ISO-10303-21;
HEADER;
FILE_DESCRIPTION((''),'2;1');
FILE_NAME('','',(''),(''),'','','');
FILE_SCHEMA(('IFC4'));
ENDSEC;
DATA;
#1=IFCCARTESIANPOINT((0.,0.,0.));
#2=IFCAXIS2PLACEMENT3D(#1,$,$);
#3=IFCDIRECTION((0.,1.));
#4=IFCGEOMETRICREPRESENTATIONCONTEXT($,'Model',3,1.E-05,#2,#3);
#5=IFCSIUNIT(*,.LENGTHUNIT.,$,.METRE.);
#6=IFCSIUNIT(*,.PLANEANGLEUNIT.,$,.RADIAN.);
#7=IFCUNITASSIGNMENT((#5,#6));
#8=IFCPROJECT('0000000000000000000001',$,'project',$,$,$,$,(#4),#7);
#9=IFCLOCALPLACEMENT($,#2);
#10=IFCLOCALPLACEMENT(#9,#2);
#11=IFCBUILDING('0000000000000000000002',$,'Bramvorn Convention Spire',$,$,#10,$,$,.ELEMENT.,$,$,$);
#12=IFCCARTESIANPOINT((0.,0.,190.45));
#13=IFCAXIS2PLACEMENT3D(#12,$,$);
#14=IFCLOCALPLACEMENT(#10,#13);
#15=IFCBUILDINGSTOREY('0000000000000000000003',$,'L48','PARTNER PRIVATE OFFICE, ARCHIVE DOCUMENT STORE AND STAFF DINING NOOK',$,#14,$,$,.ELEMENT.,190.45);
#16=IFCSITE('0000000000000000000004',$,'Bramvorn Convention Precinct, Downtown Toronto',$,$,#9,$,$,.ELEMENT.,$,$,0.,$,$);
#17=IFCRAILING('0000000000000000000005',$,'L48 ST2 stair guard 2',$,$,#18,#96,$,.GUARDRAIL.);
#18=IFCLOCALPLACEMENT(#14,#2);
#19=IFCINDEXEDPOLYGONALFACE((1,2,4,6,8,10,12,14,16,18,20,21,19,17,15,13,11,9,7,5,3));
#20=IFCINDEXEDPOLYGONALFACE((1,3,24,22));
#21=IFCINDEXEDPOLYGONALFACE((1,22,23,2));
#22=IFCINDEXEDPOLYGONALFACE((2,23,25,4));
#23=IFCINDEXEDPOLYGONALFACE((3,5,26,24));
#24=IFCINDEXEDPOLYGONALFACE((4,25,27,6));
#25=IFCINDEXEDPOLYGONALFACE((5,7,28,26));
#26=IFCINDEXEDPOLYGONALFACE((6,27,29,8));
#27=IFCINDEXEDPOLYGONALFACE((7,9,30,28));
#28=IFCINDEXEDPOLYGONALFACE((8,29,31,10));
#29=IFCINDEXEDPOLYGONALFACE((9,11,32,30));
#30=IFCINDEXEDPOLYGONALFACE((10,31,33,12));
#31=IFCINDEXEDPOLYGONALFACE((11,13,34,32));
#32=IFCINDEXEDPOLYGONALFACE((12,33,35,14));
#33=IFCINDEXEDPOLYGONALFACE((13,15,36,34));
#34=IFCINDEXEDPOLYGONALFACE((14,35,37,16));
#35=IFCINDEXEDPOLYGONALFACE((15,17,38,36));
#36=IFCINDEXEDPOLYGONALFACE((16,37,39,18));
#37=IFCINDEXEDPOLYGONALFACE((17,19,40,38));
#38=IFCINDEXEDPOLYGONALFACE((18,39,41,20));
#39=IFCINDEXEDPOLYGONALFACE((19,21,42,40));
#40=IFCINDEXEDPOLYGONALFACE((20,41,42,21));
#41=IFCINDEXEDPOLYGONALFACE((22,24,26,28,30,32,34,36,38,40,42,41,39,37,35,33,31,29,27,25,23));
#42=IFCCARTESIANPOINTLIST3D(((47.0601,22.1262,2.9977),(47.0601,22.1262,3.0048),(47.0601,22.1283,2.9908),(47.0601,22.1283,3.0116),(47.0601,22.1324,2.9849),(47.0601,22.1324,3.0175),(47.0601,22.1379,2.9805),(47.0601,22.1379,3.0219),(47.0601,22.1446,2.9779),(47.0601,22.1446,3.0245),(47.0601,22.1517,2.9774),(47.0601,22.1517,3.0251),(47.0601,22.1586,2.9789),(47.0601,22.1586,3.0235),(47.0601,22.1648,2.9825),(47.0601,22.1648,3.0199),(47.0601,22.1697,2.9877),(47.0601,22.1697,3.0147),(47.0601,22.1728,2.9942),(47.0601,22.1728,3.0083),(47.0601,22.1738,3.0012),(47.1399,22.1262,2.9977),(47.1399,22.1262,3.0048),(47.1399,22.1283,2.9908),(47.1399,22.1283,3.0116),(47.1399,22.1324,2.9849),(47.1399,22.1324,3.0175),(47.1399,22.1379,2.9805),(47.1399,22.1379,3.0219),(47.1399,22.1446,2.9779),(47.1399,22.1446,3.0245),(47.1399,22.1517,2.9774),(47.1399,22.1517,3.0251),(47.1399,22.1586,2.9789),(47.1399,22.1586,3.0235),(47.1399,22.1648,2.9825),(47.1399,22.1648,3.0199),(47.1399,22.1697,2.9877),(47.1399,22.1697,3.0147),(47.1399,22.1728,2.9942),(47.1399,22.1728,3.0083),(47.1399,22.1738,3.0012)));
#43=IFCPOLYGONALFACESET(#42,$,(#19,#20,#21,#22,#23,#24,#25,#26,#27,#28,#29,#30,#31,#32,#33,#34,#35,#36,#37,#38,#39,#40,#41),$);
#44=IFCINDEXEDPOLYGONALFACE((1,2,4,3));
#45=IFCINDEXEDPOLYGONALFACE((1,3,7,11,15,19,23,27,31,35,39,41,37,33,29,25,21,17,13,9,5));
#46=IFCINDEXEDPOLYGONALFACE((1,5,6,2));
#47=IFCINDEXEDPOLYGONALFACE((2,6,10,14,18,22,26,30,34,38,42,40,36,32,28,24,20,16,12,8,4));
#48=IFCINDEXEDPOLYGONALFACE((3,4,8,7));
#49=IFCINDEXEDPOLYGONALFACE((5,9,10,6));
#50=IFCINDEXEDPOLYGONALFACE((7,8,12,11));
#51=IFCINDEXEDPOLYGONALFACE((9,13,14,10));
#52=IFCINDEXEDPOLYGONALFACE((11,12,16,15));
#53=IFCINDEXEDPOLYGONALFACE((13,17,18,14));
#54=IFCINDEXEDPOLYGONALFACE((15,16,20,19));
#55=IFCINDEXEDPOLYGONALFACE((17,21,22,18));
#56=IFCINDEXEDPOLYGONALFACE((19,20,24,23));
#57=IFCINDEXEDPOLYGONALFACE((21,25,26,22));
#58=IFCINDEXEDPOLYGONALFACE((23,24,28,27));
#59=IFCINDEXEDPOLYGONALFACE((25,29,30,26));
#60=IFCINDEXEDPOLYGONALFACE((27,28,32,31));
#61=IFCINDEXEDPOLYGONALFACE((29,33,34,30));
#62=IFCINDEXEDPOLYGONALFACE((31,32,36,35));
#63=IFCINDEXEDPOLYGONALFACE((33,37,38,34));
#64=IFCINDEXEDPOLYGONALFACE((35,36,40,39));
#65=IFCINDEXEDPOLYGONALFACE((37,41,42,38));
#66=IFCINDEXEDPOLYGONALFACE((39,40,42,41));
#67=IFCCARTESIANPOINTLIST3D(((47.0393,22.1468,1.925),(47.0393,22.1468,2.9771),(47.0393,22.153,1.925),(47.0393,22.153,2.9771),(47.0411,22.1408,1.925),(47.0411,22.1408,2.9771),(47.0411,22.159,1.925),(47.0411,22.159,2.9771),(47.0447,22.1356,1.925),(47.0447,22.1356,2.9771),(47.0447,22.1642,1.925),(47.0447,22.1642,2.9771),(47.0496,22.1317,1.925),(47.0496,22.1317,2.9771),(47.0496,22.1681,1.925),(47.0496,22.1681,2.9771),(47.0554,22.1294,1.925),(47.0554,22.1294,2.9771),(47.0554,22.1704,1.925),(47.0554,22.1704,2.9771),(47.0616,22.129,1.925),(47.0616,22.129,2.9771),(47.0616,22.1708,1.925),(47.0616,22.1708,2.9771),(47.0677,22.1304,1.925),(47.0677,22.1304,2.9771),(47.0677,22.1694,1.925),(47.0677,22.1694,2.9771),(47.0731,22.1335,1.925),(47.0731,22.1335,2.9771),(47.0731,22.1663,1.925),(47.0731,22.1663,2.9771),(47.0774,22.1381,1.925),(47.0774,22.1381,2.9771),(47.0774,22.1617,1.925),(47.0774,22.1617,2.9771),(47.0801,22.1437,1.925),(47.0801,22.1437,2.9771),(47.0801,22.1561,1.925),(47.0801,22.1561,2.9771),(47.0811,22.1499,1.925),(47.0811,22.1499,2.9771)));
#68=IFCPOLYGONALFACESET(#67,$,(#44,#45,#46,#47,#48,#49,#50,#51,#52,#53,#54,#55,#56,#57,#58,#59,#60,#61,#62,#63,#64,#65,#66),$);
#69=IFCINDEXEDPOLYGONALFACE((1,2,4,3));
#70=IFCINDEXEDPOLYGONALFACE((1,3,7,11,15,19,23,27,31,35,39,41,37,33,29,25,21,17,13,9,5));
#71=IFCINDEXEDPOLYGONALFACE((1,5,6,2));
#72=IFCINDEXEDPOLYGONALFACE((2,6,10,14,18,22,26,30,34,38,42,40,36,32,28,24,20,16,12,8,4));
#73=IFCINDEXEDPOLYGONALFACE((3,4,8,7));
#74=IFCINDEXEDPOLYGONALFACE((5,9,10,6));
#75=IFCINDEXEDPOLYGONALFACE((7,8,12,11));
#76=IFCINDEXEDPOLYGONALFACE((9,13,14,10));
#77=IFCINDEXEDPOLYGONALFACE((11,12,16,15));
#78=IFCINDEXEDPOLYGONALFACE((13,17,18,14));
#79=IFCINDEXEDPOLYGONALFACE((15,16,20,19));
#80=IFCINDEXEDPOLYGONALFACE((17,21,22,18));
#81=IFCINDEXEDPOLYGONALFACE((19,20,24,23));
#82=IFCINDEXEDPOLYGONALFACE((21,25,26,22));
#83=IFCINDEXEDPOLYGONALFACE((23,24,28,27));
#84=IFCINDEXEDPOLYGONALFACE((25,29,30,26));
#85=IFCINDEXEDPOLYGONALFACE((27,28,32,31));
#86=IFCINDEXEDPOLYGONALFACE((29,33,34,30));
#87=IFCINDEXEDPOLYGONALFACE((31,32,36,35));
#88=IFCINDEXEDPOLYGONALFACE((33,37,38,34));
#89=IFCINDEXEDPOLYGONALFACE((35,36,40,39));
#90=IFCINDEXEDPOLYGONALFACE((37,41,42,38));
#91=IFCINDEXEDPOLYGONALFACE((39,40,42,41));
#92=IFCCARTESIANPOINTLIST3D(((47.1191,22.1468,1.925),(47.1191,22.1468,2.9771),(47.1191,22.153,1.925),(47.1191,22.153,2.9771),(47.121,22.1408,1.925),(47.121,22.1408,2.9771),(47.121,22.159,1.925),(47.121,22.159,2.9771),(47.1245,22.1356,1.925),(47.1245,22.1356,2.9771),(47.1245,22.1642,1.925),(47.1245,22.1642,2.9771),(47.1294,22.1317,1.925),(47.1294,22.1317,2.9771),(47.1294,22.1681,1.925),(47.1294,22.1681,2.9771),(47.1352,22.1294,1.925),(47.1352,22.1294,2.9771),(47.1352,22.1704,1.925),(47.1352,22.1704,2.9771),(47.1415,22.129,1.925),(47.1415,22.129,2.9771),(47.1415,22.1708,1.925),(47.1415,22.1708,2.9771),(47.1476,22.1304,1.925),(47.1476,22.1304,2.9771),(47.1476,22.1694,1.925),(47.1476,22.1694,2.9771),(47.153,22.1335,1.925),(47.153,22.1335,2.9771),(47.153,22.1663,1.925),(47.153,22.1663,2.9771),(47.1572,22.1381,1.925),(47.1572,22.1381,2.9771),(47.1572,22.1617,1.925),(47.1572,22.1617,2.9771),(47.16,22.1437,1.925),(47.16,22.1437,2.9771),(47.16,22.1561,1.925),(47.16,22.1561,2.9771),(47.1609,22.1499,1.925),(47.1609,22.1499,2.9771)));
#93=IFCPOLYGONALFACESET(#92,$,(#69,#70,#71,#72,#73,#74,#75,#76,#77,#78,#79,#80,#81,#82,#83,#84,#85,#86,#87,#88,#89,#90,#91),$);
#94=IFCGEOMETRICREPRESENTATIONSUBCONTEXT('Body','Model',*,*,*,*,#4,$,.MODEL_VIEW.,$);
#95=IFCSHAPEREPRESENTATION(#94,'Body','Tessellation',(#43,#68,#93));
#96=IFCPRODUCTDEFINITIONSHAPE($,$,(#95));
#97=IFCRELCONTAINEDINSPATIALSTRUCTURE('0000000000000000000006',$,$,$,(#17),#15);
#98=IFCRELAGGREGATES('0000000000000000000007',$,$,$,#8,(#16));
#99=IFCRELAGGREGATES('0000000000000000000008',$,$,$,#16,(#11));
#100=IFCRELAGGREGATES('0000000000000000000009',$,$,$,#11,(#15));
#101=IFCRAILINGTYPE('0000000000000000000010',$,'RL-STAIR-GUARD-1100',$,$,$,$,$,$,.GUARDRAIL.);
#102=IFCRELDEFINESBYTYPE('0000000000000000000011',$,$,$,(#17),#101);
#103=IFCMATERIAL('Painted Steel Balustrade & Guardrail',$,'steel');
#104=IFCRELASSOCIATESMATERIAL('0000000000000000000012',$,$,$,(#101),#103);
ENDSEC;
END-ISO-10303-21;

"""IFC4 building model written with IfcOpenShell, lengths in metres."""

from ifc_helpers import new_model, si_unit, direction, frame, origin, origin_2d, place, context, subcontext, project, spatial, circle, extrude, material, type_object, element, save


model = new_model("IFC4")

# Units and contexts
model_context = context("Model", 3, precision=1e-05, world=origin(), true_north=direction((0.0, 1.0)))
body_context = subcontext(model_context, "Body", "Model", "MODEL_VIEW")
ifc_project = project(units=[si_unit("LENGTHUNIT", "METRE"), si_unit("PLANEANGLEUNIT", "RADIAN")], contexts=[model_context])

# Site, building, storey
site_placement = place(None, origin())
site = spatial("IfcSite", under=ifc_project, at=site_placement, Name="Bramvorn Convention Precinct, Downtown Toronto", CompositionType="ELEMENT", RefElevation=0.0)
building_placement = place(site_placement, origin())
building = spatial("IfcBuilding", under=site, at=building_placement, Name="Bramvorn Convention Spire", CompositionType="ELEMENT")
storey_placement = place(building_placement, frame((0.0, 0.0, 190.45)))
storey = spatial("IfcBuildingStorey", under=building, at=storey_placement, Name="L48", Description="PARTNER PRIVATE OFFICE, ARCHIVE DOCUMENT STORE AND STAFF DINING NOOK", CompositionType="ELEMENT", Elevation=190.45)

# Railing
ifc_material_1 = material(Name="Painted Steel Balustrade & Guardrail", Category="steel")
railing_type_1 = type_object("IfcRailingType", Name="RL-STAIR-GUARD-1100", PredefinedType="GUARDRAIL", material=ifc_material_1)
railing_1_placement = place(storey_placement, frame((47.0601, 22.1499, 1.925)))
element("IfcRailing", 1, at=railing_1_placement, inside=storey, type_object=railing_type_1, Name="L48 ST2 stair guard 2", PredefinedType="GUARDRAIL", context=body_context, shape_type="SweptSolid", body=[
    extrude(circle(Radius=0.0239, at=origin_2d()), frame((0.0, 0.0, 1.0762), z_axis=(1.0, 0.0, 0.0), x_axis=(0.0, 1.0, 0.0)), (0.0, 0.0, 1.0), 0.0798),
    extrude(circle(Radius=0.021, at=origin_2d()), origin(), (0.0, 0.0, 1.0), 1.052),
    extrude(circle(Radius=0.021, at=origin_2d()), frame((0.0798, 0.0, 0.0)), (0.0, 0.0, 1.0), 1.052),
])

save(model, "model.ifc")
